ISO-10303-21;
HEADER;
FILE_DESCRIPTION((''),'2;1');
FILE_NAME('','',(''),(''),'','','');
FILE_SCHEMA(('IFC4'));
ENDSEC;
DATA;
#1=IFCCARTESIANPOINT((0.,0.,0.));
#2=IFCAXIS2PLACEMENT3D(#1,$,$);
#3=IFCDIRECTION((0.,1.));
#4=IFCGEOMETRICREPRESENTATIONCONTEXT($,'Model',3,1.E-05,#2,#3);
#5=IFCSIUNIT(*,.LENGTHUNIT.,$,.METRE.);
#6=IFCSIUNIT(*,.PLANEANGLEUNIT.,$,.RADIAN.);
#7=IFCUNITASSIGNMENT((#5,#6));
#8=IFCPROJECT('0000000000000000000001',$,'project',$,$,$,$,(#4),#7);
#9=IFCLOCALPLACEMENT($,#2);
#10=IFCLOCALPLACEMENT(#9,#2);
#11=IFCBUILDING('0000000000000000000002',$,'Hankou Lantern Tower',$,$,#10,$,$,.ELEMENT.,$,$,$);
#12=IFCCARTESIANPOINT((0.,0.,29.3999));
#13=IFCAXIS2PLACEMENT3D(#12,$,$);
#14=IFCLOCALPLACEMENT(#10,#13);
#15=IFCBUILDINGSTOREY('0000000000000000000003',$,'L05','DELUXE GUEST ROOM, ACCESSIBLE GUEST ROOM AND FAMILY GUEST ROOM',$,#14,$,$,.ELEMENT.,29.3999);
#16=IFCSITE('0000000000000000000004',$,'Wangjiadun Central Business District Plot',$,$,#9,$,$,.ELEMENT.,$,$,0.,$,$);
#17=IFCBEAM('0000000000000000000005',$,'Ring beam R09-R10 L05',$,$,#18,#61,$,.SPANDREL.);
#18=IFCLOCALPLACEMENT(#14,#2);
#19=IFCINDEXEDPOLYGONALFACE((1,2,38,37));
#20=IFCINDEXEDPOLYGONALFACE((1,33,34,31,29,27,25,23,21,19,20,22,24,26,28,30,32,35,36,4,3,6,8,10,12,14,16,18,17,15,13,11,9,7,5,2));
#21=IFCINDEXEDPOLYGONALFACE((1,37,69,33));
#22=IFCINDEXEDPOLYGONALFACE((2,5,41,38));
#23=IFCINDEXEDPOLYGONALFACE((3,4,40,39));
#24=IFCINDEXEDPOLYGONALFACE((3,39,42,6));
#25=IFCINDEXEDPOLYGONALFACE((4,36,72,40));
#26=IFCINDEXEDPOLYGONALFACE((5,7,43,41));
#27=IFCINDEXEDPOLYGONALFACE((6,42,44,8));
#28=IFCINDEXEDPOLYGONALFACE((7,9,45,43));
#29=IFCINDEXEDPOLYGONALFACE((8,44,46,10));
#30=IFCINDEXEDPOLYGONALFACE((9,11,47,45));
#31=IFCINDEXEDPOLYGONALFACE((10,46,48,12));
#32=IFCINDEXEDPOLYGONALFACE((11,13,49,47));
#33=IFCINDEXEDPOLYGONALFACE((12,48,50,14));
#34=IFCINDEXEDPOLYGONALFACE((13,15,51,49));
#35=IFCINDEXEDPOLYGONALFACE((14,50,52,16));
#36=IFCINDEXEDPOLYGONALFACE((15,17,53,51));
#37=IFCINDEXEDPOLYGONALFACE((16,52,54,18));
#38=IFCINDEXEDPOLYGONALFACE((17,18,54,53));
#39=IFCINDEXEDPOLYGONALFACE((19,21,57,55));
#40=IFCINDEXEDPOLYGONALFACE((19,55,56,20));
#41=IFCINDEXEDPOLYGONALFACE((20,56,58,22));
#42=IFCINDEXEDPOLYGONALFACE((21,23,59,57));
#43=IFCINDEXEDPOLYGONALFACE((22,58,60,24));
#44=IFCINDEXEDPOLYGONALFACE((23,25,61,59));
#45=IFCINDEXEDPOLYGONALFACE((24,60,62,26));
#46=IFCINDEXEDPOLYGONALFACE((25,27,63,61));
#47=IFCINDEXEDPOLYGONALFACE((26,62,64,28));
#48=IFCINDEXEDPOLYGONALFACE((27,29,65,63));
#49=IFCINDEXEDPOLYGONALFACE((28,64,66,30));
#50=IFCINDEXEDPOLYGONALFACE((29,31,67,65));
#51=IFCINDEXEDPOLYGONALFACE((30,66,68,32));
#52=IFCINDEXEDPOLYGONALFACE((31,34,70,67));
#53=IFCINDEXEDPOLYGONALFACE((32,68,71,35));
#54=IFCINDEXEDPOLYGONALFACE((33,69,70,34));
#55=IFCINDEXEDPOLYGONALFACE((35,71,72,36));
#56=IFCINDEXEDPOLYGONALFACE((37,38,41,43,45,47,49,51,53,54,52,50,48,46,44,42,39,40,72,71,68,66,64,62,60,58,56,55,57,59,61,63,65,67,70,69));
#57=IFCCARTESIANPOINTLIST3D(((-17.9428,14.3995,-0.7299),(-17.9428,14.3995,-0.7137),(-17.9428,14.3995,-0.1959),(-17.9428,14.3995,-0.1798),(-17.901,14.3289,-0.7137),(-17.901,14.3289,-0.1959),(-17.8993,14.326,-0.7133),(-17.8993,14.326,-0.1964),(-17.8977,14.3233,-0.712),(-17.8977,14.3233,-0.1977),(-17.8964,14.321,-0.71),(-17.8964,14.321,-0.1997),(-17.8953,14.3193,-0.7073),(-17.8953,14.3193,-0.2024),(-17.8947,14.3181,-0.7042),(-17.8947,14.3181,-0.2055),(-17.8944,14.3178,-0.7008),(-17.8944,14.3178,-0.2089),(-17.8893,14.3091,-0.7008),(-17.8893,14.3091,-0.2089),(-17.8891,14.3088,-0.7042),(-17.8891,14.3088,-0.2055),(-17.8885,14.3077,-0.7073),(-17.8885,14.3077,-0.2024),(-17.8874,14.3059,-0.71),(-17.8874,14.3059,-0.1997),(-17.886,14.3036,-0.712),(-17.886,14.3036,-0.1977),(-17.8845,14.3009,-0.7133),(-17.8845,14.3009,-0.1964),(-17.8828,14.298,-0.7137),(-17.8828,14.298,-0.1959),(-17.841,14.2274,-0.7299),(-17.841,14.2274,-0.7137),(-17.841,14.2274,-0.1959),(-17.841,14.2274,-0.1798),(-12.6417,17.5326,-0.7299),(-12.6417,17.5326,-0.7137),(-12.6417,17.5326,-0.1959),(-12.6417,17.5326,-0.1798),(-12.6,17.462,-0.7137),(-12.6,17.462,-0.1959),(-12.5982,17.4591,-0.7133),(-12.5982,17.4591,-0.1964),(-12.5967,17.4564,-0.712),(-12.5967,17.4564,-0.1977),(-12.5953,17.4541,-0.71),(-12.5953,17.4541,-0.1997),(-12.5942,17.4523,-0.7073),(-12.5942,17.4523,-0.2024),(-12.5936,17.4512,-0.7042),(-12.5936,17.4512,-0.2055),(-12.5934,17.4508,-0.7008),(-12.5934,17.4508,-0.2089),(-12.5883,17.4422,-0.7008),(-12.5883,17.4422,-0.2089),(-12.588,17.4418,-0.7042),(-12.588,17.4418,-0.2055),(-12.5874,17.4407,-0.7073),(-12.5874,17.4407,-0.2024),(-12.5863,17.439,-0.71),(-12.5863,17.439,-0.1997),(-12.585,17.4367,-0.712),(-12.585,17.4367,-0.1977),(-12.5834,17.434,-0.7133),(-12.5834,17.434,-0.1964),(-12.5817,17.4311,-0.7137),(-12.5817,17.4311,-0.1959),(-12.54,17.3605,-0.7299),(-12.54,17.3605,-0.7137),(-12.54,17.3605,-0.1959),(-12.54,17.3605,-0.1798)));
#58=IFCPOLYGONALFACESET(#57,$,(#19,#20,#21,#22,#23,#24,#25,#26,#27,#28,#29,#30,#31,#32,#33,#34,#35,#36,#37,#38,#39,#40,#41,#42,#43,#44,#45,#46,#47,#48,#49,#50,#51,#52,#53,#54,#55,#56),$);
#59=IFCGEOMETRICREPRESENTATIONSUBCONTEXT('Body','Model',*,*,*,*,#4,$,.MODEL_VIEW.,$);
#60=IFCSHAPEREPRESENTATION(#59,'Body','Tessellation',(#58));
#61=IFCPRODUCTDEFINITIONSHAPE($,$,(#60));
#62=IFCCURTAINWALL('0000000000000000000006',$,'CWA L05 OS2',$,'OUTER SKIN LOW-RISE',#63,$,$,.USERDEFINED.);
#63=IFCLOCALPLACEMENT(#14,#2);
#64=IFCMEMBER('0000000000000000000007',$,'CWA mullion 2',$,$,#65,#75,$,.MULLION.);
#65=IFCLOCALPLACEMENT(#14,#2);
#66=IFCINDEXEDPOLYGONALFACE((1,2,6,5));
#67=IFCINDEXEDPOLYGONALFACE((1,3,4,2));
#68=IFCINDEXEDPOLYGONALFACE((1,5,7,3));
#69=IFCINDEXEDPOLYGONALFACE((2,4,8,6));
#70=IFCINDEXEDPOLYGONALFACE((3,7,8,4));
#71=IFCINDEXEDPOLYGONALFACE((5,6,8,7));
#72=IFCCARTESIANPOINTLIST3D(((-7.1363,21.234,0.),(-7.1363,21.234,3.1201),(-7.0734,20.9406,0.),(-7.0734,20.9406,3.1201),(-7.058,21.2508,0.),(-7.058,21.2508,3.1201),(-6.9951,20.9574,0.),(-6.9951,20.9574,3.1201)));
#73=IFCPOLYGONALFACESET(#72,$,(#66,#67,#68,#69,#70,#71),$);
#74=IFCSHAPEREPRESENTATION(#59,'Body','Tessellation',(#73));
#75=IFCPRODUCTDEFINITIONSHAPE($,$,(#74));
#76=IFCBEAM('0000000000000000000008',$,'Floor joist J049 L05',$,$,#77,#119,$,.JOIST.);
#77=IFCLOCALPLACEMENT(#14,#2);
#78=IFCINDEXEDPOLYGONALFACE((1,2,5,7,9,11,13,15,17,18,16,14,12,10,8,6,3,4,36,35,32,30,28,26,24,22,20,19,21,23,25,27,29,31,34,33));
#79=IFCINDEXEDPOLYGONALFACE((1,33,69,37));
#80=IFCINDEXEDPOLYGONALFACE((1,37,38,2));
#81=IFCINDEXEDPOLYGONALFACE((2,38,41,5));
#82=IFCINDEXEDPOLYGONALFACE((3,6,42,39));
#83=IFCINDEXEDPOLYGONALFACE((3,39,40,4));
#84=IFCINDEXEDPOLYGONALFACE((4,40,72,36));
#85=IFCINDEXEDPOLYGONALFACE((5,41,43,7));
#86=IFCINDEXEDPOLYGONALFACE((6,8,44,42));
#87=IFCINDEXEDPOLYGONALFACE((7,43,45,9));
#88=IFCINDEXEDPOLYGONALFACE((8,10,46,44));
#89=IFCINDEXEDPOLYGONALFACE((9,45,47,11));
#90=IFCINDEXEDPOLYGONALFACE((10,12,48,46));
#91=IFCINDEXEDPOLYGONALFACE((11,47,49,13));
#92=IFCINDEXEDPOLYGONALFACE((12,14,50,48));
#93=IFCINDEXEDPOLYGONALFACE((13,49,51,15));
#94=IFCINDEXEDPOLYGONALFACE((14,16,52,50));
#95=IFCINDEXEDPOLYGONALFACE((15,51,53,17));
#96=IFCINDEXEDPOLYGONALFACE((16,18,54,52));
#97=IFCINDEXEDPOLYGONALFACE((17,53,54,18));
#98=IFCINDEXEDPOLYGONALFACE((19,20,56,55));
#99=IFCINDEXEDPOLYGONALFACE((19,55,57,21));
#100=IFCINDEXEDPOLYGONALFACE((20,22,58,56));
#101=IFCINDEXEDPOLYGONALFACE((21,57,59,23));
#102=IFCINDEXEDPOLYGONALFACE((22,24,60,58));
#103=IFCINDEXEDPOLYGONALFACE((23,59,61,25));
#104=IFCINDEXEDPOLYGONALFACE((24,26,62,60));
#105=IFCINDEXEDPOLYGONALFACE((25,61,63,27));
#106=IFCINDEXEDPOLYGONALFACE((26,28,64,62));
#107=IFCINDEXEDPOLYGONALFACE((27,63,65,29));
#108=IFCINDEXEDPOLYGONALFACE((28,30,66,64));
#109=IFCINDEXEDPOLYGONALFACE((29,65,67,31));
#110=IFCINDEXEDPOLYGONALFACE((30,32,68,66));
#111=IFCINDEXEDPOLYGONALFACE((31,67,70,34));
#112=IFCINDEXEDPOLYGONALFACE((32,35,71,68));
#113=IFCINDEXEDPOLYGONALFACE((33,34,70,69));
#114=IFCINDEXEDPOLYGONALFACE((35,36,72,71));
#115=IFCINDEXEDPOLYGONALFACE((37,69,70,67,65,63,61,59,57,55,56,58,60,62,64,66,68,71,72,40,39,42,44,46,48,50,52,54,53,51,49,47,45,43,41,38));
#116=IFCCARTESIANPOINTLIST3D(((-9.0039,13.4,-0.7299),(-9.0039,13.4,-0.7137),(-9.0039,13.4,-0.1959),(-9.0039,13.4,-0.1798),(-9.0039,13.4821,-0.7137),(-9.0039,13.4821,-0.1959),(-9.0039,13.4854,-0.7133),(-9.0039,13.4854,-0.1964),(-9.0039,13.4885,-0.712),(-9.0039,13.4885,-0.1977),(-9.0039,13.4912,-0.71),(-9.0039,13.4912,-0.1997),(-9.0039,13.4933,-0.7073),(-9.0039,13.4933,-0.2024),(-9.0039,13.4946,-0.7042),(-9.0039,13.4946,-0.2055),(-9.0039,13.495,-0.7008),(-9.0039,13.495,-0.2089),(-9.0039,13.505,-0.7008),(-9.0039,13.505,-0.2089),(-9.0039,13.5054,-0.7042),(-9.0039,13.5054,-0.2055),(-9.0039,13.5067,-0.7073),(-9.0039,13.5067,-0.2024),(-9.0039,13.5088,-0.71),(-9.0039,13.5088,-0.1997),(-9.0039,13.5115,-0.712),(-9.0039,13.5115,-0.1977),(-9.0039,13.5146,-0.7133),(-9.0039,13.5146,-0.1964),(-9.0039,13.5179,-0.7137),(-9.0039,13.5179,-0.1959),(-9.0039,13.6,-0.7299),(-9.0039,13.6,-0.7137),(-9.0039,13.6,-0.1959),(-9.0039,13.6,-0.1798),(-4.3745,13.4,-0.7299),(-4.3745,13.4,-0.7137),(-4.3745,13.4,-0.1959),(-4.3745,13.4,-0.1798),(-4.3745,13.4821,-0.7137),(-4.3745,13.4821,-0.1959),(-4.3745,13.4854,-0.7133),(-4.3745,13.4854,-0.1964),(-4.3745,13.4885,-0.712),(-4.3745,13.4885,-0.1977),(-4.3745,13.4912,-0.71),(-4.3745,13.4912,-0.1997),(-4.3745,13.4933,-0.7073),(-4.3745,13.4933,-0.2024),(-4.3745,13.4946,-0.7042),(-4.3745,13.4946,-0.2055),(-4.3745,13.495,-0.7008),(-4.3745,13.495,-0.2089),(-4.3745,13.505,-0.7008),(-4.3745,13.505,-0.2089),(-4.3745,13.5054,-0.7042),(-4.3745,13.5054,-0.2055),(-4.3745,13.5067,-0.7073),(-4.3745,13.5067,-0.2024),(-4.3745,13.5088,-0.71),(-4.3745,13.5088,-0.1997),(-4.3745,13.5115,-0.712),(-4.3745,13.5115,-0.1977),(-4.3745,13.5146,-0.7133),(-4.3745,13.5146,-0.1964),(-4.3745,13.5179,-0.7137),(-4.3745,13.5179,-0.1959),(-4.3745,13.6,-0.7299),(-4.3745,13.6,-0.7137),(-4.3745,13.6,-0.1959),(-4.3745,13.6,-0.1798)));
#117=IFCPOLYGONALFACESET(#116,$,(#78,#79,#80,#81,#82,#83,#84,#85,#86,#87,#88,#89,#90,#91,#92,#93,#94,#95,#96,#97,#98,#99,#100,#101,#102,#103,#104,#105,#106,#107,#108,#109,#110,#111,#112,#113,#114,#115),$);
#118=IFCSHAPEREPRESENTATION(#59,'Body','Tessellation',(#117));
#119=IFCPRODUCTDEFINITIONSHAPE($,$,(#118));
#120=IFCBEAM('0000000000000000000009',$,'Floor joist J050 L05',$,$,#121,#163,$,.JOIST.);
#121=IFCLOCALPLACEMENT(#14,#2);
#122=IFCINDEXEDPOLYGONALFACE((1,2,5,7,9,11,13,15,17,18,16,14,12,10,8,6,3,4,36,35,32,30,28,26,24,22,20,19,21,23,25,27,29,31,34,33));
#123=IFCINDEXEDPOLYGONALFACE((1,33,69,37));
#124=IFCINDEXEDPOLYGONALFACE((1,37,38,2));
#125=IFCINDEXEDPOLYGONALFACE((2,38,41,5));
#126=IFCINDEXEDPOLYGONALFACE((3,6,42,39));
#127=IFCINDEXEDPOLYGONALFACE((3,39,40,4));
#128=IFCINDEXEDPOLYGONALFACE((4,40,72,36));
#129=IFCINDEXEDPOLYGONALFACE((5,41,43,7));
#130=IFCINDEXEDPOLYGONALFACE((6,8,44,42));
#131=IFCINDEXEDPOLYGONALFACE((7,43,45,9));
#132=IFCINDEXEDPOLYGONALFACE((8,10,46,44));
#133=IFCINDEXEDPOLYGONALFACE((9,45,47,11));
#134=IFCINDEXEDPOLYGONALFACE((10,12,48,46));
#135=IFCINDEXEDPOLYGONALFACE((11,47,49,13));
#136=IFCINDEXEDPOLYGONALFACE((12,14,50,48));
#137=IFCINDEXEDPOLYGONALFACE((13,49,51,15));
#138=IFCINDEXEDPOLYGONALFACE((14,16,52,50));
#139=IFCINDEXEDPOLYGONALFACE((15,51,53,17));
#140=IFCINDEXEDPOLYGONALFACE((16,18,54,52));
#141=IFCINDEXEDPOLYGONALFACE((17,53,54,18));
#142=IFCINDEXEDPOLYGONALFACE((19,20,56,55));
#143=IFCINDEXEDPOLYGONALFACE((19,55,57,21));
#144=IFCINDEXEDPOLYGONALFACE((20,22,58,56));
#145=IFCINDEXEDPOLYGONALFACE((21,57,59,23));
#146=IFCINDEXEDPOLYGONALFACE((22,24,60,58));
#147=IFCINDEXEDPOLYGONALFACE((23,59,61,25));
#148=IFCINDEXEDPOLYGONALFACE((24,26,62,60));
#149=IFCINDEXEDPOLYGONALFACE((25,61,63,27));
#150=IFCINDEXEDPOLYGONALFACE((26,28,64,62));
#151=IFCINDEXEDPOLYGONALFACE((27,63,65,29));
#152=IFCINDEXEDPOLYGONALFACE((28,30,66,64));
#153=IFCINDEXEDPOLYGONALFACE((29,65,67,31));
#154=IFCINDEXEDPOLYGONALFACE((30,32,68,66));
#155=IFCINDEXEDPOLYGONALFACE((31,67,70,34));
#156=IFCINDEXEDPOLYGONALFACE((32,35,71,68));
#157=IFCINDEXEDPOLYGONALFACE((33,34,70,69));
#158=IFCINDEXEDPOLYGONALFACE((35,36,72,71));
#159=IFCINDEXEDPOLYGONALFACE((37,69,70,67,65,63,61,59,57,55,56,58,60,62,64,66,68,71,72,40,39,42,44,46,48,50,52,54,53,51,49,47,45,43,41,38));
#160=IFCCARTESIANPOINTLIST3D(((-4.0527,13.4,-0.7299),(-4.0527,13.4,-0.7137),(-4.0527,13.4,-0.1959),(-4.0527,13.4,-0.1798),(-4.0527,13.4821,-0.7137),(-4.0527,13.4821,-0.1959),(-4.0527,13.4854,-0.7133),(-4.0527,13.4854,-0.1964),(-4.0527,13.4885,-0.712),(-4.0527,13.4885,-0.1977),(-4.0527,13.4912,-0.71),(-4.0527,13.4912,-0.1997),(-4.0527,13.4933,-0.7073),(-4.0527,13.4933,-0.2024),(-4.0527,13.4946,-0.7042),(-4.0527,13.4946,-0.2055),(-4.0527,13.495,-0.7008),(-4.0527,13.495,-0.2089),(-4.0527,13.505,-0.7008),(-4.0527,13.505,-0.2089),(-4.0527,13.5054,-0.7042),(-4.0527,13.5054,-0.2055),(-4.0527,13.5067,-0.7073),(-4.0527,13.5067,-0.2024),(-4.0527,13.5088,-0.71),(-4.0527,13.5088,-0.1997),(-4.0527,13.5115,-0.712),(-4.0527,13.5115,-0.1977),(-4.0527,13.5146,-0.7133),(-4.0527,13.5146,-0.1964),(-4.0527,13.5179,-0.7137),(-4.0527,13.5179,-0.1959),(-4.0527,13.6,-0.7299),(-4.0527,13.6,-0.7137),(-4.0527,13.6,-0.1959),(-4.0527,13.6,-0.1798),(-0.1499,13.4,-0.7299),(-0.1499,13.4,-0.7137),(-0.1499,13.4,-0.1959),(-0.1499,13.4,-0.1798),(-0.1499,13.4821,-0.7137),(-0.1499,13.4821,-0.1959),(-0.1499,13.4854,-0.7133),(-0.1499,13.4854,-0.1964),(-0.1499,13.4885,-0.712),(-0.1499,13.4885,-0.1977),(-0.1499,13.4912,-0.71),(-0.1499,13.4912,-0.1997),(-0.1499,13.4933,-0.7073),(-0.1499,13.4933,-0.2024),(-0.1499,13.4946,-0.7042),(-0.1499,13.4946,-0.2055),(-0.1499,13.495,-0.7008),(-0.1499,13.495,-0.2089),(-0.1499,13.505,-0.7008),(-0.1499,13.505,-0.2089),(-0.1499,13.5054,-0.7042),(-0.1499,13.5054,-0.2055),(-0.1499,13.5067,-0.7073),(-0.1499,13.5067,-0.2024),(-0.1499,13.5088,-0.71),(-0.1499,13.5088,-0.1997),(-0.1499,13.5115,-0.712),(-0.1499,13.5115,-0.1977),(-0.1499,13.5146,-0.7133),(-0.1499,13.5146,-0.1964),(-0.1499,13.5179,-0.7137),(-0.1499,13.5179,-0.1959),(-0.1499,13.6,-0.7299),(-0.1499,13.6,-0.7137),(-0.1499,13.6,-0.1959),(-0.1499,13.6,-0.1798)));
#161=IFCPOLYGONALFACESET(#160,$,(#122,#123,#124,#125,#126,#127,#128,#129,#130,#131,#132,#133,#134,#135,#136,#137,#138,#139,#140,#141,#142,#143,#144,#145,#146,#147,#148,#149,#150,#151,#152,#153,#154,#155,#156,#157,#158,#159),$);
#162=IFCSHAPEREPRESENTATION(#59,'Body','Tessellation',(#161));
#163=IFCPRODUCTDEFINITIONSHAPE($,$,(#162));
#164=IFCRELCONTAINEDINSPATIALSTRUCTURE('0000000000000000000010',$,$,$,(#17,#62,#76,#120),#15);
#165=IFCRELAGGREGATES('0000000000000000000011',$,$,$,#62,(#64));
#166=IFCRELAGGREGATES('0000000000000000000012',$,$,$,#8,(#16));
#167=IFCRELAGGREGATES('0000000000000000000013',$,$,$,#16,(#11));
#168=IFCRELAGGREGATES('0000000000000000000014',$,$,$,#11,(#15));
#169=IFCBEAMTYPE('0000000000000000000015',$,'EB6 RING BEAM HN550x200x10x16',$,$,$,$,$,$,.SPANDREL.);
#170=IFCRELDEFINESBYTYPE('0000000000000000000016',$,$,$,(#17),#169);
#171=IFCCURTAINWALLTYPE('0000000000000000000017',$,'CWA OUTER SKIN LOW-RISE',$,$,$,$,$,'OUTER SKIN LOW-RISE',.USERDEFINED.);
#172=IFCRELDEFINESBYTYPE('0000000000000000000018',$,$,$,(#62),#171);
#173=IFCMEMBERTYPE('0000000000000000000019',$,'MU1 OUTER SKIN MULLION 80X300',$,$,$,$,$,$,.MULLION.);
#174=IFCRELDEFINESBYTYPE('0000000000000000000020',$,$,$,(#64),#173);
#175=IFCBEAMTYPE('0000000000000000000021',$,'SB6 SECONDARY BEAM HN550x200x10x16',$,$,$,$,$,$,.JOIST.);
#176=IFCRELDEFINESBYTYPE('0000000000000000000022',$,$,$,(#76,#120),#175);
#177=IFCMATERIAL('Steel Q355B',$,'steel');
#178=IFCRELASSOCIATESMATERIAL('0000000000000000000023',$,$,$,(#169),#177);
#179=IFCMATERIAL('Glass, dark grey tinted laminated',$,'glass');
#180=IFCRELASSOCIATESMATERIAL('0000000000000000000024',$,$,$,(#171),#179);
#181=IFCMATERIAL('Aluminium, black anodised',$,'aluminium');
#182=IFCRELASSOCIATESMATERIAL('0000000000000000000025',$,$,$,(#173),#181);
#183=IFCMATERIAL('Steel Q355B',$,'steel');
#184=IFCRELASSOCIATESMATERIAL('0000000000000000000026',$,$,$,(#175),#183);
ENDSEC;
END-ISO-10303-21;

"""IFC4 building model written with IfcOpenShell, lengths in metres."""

from ifc_helpers import new_model, si_unit, direction, frame, origin, origin_2d, place, context, subcontext, project, spatial, rectangle, i_section, extrude, material, material_profile, profile_set, type_object, element, aggregate, save


model = new_model("IFC4")

# Units and contexts
model_context = context("Model", 3, precision=1e-05, world=origin(), true_north=direction((0.0, 1.0)))
body_context = subcontext(model_context, "Body", "Model", "MODEL_VIEW")
ifc_project = project(units=[si_unit("LENGTHUNIT", "METRE"), si_unit("PLANEANGLEUNIT", "RADIAN")], contexts=[model_context])

# Site, building, storey
site_placement = place(None, origin())
site = spatial("IfcSite", under=ifc_project, at=site_placement, Name="Wangjiadun Central Business District Plot", CompositionType="ELEMENT", RefElevation=0.0)
building_placement = place(site_placement, origin())
building = spatial("IfcBuilding", under=site, at=building_placement, Name="Hankou Lantern Tower", CompositionType="ELEMENT")
storey_placement = place(building_placement, frame((0.0, 0.0, 29.3999)))
storey = spatial("IfcBuildingStorey", under=building, at=storey_placement, Name="L05", Description="DELUXE GUEST ROOM, ACCESSIBLE GUEST ROOM AND FAMILY GUEST ROOM", CompositionType="ELEMENT", Elevation=29.3999)

# Beam
ifc_material_1 = material(Name="Steel Q355B", Category="steel")
ifc_material_profile_1 = material_profile(ifc_material_1, i_section(OverallWidth=0.2, OverallDepth=0.55, WebThickness=0.01, FlangeThickness=0.0161, FilletRadius=0.0129, at=origin_2d()), Name="HN550x200x10x16")
ifc_profile_set_1 = profile_set([ifc_material_profile_1], Name="Steel Q355B")
beam_type_1 = type_object("IfcBeamType", Name="EB6 RING BEAM HN550x200x10x16", PredefinedType="SPANDREL", material=ifc_profile_set_1)
beam_1_placement = place(storey_placement, frame((-12.5908, 17.4465, -0.4548), z_axis=(-0.860882, -0.508805, 0.0), x_axis=(0.508805, -0.860882, 0.0)))
element("IfcBeam", 1, at=beam_1_placement, inside=storey, type_object=beam_type_1, Name="Ring beam R09-R10 L05", PredefinedType="SPANDREL", context=body_context, shape_type="SweptSolid", body=[
    extrude(i_section(OverallWidth=0.2, OverallDepth=0.55, WebThickness=0.01, FlangeThickness=0.0161, FilletRadius=0.0129, at=origin_2d()), origin(), (0.0, 0.0, 1.0), 6.1577),
])

# Curtain wall, member
ifc_material_2 = material(Name="Glass, dark grey tinted laminated", Category="glass")
curtain_wall_type = type_object("IfcCurtainWallType", Name="CWA OUTER SKIN LOW-RISE", ElementType="OUTER SKIN LOW-RISE", PredefinedType="USERDEFINED", material=ifc_material_2)
curtain_wall_placement = place(storey_placement, origin())
curtain_wall = element("IfcCurtainWall", 2, at=curtain_wall_placement, inside=storey, type_object=curtain_wall_type, Name="CWA L05 OS2", ObjectType="OUTER SKIN LOW-RISE", PredefinedType="USERDEFINED")
ifc_material_3 = material(Name="Aluminium, black anodised", Category="aluminium")
ifc_material_profile_2 = material_profile(ifc_material_3, rectangle(XDim=0.0801, YDim=0.3, at=origin_2d()), Name="MU1 80X300")
ifc_profile_set_2 = profile_set([ifc_material_profile_2], Name="Aluminium, black anodised")
member_type_1 = type_object("IfcMemberType", Name="MU1 OUTER SKIN MULLION 80X300", PredefinedType="MULLION", material=ifc_profile_set_2)
member_1_placement = place(storey_placement, frame((-7.0657, 21.0957, 0.0), z_axis=(0.0, 0.0, 1.0), x_axis=(-0.977788, -0.209598, 0.0)))
member_1 = element("IfcMember", 3, at=member_1_placement, type_object=member_type_1, Name="CWA mullion 2", PredefinedType="MULLION", context=body_context, shape_type="SweptSolid", body=[
    extrude(rectangle(XDim=0.0801, YDim=0.3, at=origin_2d()), origin(), (0.0, 0.0, 1.0), 3.1201),
])

# Beams
ifc_material_4 = material(Name="Steel Q355B", Category="steel")
ifc_material_profile_3 = material_profile(ifc_material_4, i_section(OverallWidth=0.2, OverallDepth=0.55, WebThickness=0.01, FlangeThickness=0.0161, FilletRadius=0.0129, at=origin_2d()), Name="HN550x200x10x16")
ifc_profile_set_3 = profile_set([ifc_material_profile_3], Name="Steel Q355B")
beam_type_2 = type_object("IfcBeamType", Name="SB6 SECONDARY BEAM HN550x200x10x16", PredefinedType="JOIST", material=ifc_profile_set_3)
beam_2_placement = place(storey_placement, frame((-9.0039, 13.5, -0.4548), z_axis=(1.0, 0.0, 0.0), x_axis=(0.0, 1.0, 0.0)))
element("IfcBeam", 4, at=beam_2_placement, inside=storey, type_object=beam_type_2, Name="Floor joist J049 L05", PredefinedType="JOIST", context=body_context, shape_type="SweptSolid", body=[
    extrude(i_section(OverallWidth=0.2, OverallDepth=0.55, WebThickness=0.01, FlangeThickness=0.0161, FilletRadius=0.0129, at=origin_2d()), origin(), (0.0, 0.0, 1.0), 4.6294),
])
beam_3_placement = place(storey_placement, frame((-4.0527, 13.5, -0.4548), z_axis=(1.0, 0.0, 0.0), x_axis=(0.0, 1.0, 0.0)))
element("IfcBeam", 5, at=beam_3_placement, inside=storey, type_object=beam_type_2, Name="Floor joist J050 L05", PredefinedType="JOIST", context=body_context, shape_type="SweptSolid", body=[
    extrude(i_section(OverallWidth=0.2, OverallDepth=0.55, WebThickness=0.01, FlangeThickness=0.0161, FilletRadius=0.0129, at=origin_2d()), origin(), (0.0, 0.0, 1.0), 3.9028),
])

aggregate(curtain_wall, [member_1])

save(model, "model.ifc")
